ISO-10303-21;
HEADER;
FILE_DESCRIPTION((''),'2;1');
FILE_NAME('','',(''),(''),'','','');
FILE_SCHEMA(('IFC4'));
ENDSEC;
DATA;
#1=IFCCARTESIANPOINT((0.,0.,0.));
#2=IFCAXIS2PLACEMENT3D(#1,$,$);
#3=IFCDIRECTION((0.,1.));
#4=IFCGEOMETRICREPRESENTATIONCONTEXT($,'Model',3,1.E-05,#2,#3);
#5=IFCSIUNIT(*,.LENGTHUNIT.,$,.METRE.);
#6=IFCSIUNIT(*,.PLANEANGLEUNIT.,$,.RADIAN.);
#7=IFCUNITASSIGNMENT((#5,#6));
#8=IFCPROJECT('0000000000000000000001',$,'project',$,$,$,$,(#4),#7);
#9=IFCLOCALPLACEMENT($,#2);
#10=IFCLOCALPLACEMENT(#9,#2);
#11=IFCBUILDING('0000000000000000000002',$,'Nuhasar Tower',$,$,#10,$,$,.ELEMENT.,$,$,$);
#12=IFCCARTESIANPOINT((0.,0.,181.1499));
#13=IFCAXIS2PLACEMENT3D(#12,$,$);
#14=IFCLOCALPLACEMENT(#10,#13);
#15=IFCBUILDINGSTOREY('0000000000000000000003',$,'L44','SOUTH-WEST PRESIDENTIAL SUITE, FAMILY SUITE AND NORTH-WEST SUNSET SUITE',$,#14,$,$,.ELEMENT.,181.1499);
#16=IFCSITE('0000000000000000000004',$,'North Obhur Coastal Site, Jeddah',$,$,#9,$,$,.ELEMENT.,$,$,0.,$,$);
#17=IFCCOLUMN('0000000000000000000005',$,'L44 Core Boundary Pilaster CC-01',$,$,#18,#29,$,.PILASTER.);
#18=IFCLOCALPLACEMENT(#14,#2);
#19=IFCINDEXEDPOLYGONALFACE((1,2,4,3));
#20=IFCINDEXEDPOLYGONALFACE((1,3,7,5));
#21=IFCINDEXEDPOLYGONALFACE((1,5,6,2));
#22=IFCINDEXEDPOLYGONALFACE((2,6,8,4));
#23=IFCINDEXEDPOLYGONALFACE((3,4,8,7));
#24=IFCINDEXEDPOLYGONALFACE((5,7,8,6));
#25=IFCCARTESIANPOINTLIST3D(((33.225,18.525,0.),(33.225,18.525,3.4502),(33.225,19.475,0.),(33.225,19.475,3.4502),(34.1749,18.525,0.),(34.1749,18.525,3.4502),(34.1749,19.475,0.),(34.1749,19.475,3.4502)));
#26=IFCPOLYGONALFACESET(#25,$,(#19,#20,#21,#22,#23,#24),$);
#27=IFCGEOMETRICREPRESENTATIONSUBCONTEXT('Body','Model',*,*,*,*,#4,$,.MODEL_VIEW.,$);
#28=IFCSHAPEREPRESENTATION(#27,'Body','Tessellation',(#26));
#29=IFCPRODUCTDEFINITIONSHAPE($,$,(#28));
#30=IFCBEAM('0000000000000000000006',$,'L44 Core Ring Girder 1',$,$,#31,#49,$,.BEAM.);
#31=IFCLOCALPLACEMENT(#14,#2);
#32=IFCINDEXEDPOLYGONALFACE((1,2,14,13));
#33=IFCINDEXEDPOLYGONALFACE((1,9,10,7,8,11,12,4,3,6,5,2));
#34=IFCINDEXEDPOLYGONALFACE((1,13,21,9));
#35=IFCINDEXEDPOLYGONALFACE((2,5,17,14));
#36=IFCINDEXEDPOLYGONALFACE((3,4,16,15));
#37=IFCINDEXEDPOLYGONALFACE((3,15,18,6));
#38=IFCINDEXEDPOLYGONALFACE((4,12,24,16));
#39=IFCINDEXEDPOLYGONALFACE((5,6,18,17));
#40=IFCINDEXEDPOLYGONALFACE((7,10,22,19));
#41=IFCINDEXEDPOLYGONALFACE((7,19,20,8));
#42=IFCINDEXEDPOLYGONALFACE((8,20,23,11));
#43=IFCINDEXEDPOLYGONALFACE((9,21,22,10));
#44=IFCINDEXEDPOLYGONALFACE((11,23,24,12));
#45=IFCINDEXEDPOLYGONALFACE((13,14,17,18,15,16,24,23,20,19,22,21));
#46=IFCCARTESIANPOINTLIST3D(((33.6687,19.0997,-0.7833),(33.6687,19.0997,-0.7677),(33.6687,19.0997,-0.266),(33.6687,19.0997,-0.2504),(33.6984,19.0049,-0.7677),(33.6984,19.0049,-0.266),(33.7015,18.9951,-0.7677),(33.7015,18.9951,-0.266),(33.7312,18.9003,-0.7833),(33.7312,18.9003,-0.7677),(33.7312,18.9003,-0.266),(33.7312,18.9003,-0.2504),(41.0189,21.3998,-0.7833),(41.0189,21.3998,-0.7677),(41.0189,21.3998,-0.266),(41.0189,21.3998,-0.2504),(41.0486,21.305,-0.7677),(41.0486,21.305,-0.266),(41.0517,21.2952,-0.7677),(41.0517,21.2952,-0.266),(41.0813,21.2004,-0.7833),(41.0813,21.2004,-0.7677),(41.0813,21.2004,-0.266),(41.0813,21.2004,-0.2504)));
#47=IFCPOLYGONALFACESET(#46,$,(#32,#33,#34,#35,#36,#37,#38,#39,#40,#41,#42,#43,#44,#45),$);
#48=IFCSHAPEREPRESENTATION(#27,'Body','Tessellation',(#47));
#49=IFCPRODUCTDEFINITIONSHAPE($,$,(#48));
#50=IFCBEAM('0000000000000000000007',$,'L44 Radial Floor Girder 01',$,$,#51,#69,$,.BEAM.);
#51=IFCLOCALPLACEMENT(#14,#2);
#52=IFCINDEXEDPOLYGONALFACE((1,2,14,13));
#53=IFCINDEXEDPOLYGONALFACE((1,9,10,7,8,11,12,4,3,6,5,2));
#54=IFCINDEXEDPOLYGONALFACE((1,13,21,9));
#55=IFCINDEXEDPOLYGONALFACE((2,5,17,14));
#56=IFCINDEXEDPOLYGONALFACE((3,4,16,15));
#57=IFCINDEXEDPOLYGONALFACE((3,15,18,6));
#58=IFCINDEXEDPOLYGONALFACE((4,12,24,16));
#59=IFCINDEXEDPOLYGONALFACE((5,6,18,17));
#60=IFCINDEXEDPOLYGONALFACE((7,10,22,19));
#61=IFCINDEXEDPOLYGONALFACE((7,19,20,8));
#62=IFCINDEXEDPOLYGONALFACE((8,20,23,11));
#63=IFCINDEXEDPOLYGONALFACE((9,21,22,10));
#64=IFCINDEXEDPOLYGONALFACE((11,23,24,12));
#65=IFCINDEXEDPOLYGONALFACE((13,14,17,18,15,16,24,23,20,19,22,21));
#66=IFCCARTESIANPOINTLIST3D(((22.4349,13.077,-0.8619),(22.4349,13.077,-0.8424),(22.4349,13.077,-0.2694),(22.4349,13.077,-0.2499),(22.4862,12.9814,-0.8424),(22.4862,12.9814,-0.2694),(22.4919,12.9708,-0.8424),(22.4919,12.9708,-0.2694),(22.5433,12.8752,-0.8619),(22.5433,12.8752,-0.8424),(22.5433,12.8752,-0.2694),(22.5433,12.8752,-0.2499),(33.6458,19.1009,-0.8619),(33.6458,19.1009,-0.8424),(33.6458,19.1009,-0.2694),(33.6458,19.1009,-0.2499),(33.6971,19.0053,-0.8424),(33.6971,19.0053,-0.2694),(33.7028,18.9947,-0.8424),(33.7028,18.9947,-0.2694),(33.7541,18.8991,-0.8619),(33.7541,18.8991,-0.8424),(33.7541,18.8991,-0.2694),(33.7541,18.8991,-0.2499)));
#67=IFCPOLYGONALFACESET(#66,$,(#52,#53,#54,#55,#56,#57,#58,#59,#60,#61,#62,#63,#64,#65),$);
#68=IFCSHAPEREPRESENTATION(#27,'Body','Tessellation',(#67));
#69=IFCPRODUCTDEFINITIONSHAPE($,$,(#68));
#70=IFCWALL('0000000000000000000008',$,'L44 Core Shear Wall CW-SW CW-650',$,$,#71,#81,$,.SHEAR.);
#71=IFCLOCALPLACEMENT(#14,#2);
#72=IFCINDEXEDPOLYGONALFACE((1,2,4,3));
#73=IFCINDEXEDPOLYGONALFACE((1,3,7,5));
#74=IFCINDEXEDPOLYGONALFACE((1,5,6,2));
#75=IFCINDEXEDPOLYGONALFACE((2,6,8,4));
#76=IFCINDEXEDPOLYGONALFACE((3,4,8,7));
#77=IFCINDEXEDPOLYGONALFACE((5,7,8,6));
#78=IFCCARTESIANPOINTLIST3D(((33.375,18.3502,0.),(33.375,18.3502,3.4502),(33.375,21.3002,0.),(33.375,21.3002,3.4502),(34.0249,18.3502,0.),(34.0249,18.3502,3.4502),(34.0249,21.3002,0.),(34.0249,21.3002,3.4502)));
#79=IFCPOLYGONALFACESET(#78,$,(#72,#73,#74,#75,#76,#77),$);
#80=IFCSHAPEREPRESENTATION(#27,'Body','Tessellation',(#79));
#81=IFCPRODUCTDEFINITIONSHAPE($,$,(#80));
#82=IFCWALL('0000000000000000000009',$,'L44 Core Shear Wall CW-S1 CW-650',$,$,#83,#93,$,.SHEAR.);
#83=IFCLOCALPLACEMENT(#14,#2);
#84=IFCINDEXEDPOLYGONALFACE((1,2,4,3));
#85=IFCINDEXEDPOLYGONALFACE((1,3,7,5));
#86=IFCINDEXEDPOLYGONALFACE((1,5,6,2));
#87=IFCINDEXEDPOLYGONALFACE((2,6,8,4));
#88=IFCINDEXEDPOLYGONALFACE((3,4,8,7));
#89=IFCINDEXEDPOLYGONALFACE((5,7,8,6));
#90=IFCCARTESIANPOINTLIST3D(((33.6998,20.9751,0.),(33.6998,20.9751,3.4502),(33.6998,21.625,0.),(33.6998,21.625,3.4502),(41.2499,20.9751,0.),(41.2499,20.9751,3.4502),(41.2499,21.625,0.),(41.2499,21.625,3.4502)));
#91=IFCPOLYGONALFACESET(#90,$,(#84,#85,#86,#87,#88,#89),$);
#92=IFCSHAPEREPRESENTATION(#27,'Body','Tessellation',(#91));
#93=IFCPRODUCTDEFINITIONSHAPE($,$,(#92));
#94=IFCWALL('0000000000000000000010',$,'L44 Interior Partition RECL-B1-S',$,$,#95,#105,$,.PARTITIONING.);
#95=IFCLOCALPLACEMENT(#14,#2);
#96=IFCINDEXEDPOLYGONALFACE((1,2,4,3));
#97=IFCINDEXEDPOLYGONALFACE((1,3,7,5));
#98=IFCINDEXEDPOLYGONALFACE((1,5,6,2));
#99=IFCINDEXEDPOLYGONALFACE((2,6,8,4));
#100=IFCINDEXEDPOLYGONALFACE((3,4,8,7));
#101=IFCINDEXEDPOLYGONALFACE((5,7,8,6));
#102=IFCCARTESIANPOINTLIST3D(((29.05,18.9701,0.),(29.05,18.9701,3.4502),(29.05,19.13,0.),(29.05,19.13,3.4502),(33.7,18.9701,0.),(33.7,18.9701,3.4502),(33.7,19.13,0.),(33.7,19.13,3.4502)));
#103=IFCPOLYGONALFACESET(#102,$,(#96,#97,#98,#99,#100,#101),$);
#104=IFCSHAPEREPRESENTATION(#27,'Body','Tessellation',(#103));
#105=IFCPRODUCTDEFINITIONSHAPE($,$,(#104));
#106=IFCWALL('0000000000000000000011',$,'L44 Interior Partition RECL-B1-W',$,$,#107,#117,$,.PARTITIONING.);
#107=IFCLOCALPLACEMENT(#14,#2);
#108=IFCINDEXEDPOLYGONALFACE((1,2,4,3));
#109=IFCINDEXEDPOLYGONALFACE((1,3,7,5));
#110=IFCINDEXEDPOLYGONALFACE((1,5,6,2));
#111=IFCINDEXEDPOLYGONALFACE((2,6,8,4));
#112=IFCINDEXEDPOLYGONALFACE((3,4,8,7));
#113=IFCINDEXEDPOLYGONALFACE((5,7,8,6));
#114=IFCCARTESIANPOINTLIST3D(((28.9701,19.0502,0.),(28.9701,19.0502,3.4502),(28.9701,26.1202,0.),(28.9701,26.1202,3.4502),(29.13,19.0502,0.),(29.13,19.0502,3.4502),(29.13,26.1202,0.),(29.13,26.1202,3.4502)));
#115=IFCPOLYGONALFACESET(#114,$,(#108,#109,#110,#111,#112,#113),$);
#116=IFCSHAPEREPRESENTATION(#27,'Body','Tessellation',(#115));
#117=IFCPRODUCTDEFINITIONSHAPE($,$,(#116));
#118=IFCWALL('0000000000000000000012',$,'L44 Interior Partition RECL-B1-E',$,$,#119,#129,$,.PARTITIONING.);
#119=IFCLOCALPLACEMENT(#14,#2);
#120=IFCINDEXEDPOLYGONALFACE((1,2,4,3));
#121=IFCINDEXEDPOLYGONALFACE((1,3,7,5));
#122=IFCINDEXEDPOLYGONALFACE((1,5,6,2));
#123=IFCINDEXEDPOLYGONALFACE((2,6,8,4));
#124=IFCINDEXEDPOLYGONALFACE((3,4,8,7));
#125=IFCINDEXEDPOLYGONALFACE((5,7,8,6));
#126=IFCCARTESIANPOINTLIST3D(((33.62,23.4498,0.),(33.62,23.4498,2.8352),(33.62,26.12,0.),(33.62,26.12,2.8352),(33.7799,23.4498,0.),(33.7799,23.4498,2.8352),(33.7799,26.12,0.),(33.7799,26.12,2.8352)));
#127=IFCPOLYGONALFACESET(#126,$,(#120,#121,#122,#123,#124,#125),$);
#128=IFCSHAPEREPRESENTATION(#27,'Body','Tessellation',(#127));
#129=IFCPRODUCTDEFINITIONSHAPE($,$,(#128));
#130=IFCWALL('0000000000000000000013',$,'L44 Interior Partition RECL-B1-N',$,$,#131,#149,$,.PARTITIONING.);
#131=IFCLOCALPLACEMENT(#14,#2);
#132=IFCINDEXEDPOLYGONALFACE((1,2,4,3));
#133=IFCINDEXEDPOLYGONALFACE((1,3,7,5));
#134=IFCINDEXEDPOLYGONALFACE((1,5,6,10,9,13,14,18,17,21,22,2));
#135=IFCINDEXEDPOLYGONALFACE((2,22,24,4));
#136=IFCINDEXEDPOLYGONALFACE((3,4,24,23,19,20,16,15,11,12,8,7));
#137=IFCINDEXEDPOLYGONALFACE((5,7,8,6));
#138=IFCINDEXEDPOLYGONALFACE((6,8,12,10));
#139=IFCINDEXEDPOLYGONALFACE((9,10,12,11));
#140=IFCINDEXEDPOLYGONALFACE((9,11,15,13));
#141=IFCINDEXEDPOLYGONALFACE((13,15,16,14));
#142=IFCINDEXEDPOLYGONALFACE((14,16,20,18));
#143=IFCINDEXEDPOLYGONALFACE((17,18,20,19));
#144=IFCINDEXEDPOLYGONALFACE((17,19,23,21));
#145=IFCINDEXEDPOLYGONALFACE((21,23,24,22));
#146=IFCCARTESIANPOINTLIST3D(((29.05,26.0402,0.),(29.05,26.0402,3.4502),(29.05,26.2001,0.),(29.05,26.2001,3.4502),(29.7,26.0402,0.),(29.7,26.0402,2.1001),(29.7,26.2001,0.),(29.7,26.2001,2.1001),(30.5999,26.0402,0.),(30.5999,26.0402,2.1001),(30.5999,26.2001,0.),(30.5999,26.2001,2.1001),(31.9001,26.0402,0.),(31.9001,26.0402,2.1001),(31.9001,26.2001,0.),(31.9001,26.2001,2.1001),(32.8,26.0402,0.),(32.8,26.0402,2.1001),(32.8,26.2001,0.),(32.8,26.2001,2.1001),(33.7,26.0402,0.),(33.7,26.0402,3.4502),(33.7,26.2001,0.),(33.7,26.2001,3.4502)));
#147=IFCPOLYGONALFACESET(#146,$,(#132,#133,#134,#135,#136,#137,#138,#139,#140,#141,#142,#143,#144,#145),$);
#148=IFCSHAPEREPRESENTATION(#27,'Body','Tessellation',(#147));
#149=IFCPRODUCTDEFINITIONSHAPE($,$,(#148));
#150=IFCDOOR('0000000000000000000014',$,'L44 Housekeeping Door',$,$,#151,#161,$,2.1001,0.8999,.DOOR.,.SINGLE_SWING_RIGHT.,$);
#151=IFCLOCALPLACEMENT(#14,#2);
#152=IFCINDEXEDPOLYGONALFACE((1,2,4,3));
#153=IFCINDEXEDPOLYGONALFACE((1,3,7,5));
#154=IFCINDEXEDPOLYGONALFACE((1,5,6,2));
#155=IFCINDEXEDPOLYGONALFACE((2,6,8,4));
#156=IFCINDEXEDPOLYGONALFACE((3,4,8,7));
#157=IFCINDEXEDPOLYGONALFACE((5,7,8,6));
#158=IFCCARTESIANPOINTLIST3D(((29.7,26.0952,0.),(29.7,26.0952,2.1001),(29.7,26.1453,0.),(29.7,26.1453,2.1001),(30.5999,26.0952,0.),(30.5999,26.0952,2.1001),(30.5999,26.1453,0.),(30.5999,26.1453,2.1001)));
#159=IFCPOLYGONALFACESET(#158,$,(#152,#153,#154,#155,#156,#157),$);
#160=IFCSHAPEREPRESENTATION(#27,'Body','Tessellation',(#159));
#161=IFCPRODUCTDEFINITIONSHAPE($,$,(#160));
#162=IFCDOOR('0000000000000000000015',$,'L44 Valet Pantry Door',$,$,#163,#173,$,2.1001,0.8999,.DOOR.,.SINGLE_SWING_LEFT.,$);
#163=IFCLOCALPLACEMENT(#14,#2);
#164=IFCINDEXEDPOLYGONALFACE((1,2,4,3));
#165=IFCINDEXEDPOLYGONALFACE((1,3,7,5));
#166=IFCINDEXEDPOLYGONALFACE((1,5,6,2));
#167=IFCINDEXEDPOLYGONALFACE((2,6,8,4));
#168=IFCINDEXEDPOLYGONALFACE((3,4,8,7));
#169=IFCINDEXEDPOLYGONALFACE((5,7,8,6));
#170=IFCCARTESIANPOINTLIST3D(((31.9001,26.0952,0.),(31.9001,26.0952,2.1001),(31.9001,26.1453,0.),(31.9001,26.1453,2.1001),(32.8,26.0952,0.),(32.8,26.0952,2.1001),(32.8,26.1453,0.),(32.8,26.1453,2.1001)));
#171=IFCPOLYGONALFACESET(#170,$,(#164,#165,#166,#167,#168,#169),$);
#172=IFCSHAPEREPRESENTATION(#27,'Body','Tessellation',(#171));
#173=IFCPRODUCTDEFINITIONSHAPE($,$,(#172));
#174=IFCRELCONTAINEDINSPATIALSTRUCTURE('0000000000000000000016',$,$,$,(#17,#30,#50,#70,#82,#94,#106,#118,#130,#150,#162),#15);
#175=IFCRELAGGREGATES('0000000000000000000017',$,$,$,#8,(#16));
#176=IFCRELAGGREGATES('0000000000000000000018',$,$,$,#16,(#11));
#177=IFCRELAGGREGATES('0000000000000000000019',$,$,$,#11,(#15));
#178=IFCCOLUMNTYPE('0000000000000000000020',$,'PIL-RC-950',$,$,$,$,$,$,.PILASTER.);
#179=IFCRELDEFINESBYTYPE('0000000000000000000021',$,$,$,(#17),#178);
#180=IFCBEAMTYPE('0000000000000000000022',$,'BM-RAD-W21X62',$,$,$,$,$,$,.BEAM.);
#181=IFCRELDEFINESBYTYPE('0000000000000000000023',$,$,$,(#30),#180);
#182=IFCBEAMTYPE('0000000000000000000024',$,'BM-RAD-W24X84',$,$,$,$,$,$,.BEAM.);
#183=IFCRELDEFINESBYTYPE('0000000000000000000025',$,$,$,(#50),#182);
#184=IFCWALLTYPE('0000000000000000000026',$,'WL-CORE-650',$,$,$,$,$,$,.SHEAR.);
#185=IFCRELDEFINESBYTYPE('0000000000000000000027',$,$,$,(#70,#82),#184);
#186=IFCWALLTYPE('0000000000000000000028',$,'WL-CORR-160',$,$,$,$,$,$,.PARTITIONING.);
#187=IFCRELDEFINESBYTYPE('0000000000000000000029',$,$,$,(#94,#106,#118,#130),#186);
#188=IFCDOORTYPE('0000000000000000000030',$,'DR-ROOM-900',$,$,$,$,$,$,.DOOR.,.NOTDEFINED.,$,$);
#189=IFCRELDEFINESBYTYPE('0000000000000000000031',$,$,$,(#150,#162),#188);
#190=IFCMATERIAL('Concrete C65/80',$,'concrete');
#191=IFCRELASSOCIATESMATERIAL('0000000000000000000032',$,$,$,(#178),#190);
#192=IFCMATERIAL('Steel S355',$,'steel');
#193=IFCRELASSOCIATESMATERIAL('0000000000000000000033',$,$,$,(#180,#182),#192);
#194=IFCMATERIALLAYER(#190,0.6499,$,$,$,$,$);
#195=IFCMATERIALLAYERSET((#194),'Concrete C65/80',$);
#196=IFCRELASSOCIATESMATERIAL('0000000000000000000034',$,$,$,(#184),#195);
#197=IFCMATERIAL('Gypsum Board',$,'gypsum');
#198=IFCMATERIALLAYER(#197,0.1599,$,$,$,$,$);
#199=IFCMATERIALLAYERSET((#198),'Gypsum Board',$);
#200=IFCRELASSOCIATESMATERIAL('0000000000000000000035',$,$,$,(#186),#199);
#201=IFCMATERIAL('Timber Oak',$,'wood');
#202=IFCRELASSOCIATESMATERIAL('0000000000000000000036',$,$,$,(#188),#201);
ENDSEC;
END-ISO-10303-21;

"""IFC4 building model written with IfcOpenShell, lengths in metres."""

from ifc_helpers import new_model, si_unit, direction, frame, frame_2d, origin, origin_2d, place, context, subcontext, project, spatial, rectangle, i_section, extrude, material, layer, layer_set, material_profile, profile_set, type_object, element, fill, save


model = new_model("IFC4")

# Units and contexts
model_context = context("Model", 3, precision=1e-05, world=origin(), true_north=direction((0.0, 1.0)))
body_context = subcontext(model_context, "Body", "Model", "MODEL_VIEW")
ifc_project = project(units=[si_unit("LENGTHUNIT", "METRE"), si_unit("PLANEANGLEUNIT", "RADIAN")], contexts=[model_context])

# Site, building, storey
site_placement = place(None, origin())
site = spatial("IfcSite", under=ifc_project, at=site_placement, Name="North Obhur Coastal Site, Jeddah", CompositionType="ELEMENT", RefElevation=0.0)
building_placement = place(site_placement, origin())
building = spatial("IfcBuilding", under=site, at=building_placement, Name="Nuhasar Tower", CompositionType="ELEMENT")
storey_placement = place(building_placement, frame((0.0, 0.0, 181.1499)))
storey = spatial("IfcBuildingStorey", under=building, at=storey_placement, Name="L44", Description="SOUTH-WEST PRESIDENTIAL SUITE, FAMILY SUITE AND NORTH-WEST SUNSET SUITE", CompositionType="ELEMENT", Elevation=181.1499)

# Column
ifc_material_1 = material(Name="Concrete C65/80", Category="concrete")
ifc_material_profile_1 = material_profile(ifc_material_1, rectangle(XDim=0.95, YDim=0.95, at=origin_2d()), Name="RC950X950")
ifc_profile_set_1 = profile_set([ifc_material_profile_1], Name="Concrete C65/80")
column_type = type_object("IfcColumnType", Name="PIL-RC-950", PredefinedType="PILASTER", material=ifc_profile_set_1)
column_placement = place(storey_placement, frame((33.7, 19.0, 0.0), z_axis=(0.0, 0.0, 1.0), x_axis=(1.0, 0.0, 0.0)))
element("IfcColumn", 1, at=column_placement, inside=storey, type_object=column_type, Name="L44 Core Boundary Pilaster CC-01", PredefinedType="PILASTER", context=body_context, shape_type="SweptSolid", body=[
    extrude(rectangle(XDim=0.95, YDim=0.95, at=origin_2d()), origin(), (0.0, 0.0, 1.0), 3.4502),
])

# Beams
ifc_material_2 = material(Name="Steel S355", Category="steel")
ifc_material_profile_2 = material_profile(ifc_material_2, i_section(OverallWidth=0.209, OverallDepth=0.533, WebThickness=0.0103, FlangeThickness=0.0156, at=origin_2d()), Name="W21X62")
ifc_profile_set_2 = profile_set([ifc_material_profile_2], Name="Steel S355")
beam_type_1 = type_object("IfcBeamType", Name="BM-RAD-W21X62", PredefinedType="BEAM", material=ifc_profile_set_2)
beam_1_placement = place(storey_placement, frame((33.7, 19.0, -0.5168), z_axis=(0.954364, 0.298647, 0.0), x_axis=(-0.298647, 0.954364, 0.0)))
element("IfcBeam", 2, at=beam_1_placement, inside=storey, type_object=beam_type_1, Name="L44 Core Ring Girder 1", PredefinedType="BEAM", context=body_context, shape_type="SweptSolid", body=[
    extrude(i_section(OverallWidth=0.209, OverallDepth=0.533, WebThickness=0.0103, FlangeThickness=0.0156, at=origin_2d()), origin(), (0.0, 0.0, 1.0), 7.7017),
])
ifc_material_profile_3 = material_profile(ifc_material_2, i_section(OverallWidth=0.229, OverallDepth=0.6121, WebThickness=0.012, FlangeThickness=0.0195, at=origin_2d()), Name="W24X84")
ifc_profile_set_3 = profile_set([ifc_material_profile_3], Name="Steel S355")
beam_type_2 = type_object("IfcBeamType", Name="BM-RAD-W24X84", PredefinedType="BEAM", material=ifc_profile_set_3)
beam_2_placement = place(storey_placement, frame((33.7, 19.0, -0.5559), z_axis=(-0.880888, -0.473324, 0.0), x_axis=(0.473324, -0.880888, 0.0)))
element("IfcBeam", 3, at=beam_2_placement, inside=storey, type_object=beam_type_2, Name="L44 Radial Floor Girder 01", PredefinedType="BEAM", context=body_context, shape_type="SweptSolid", body=[
    extrude(i_section(OverallWidth=0.229, OverallDepth=0.6121, WebThickness=0.012, FlangeThickness=0.0195, at=origin_2d()), origin(), (0.0, 0.0, 1.0), 12.7268),
])

# Walls
ifc_layer_1 = layer(ifc_material_1, 0.6499)
ifc_layer_set_1 = layer_set([ifc_layer_1], Name="Concrete C65/80")
wall_type_1 = type_object("IfcWallType", Name="WL-CORE-650", PredefinedType="SHEAR", material=ifc_layer_set_1)
wall_1_placement = place(storey_placement, frame((33.7, 18.3501, 0.0), z_axis=(0.0, 0.0, 1.0), x_axis=(0.0, 1.0, 0.0)))
element("IfcWall", 4, at=wall_1_placement, inside=storey, type_object=wall_type_1, Name="L44 Core Shear Wall CW-SW CW-650", PredefinedType="SHEAR", context=body_context, shape_type="SweptSolid", body=[
    extrude(rectangle(XDim=2.95, YDim=0.6499, at=frame_2d((1.4751, 0.0))), origin(), (0.0, 0.0, 1.0), 3.4502),
])
wall_2_placement = place(storey_placement, frame((33.7, 21.3, 0.0), z_axis=(0.0, 0.0, 1.0), x_axis=(1.0, 0.0, 0.0)))
element("IfcWall", 5, at=wall_2_placement, inside=storey, type_object=wall_type_1, Name="L44 Core Shear Wall CW-S1 CW-650", PredefinedType="SHEAR", context=body_context, shape_type="SweptSolid", body=[
    extrude(rectangle(XDim=7.55, YDim=0.6499, at=frame_2d((3.7749, 0.0))), origin(), (0.0, 0.0, 1.0), 3.4502),
])
ifc_material_3 = material(Name="Gypsum Board", Category="gypsum")
ifc_layer_2 = layer(ifc_material_3, 0.1599)
ifc_layer_set_2 = layer_set([ifc_layer_2], Name="Gypsum Board")
wall_type_2 = type_object("IfcWallType", Name="WL-CORR-160", PredefinedType="PARTITIONING", material=ifc_layer_set_2)
wall_3_placement = place(storey_placement, frame((29.05, 19.05, 0.0), z_axis=(0.0, 0.0, 1.0), x_axis=(1.0, 0.0, 0.0)))
element("IfcWall", 6, at=wall_3_placement, inside=storey, type_object=wall_type_2, Name="L44 Interior Partition RECL-B1-S", PredefinedType="PARTITIONING", context=body_context, shape_type="SweptSolid", body=[
    extrude(rectangle(XDim=4.6499, YDim=0.1599, at=frame_2d((2.325, 0.0))), origin(), (0.0, 0.0, 1.0), 3.4502),
])
wall_4_placement = place(storey_placement, frame((29.05, 19.05, 0.0), z_axis=(0.0, 0.0, 1.0), x_axis=(0.0, 1.0, 0.0)))
element("IfcWall", 7, at=wall_4_placement, inside=storey, type_object=wall_type_2, Name="L44 Interior Partition RECL-B1-W", PredefinedType="PARTITIONING", context=body_context, shape_type="SweptSolid", body=[
    extrude(rectangle(XDim=7.0701, YDim=0.1599, at=frame_2d((3.5352, 0.0))), origin(), (0.0, 0.0, 1.0), 3.4502),
])
wall_5_placement = place(storey_placement, frame((33.7, 23.45, 0.0), z_axis=(0.0, 0.0, 1.0), x_axis=(0.0, 1.0, 0.0)))
element("IfcWall", 8, at=wall_5_placement, inside=storey, type_object=wall_type_2, Name="L44 Interior Partition RECL-B1-E", PredefinedType="PARTITIONING", context=body_context, shape_type="SweptSolid", body=[
    extrude(rectangle(XDim=2.6702, YDim=0.1599, at=frame_2d((1.335, 0.0))), origin(), (0.0, 0.0, 1.0), 2.8352),
])

# Wall, openings, doors
wall_6_placement = place(storey_placement, frame((33.7, 26.1201, 0.0), z_axis=(0.0, 0.0, 1.0), x_axis=(-1.0, 0.0, 0.0)))
wall_6 = element("IfcWall", 9, at=wall_6_placement, inside=storey, type_object=wall_type_2, Name="L44 Interior Partition RECL-B1-N", PredefinedType="PARTITIONING", context=body_context, shape_type="SweptSolid", body=[
    extrude(rectangle(XDim=4.6499, YDim=0.1599, at=frame_2d((2.325, 0.0))), origin(), (0.0, 0.0, 1.0), 3.4502),
])
opening_1_placement = place(wall_6_placement, frame((3.1001, 0.0, 0.0)))
opening_1 = element("IfcOpeningElement", 10, at=opening_1_placement, cuts=wall_6, PredefinedType="OPENING", context=body_context, shape_type="SweptSolid", body=[
    extrude(rectangle(XDim=0.8999, YDim=2.1001, at=frame_2d((0.45, 1.05))), frame((0.0, 0.0898, 0.0), z_axis=(0.0, -1.0, 0.0), x_axis=(1.0, 0.0, 0.0)), (0.0, 0.0, 1.0), 0.1799),
])
opening_2_placement = place(wall_6_placement, frame((0.8999, 0.0, 0.0)))
opening_2 = element("IfcOpeningElement", 11, at=opening_2_placement, cuts=wall_6, PredefinedType="OPENING", context=body_context, shape_type="SweptSolid", body=[
    extrude(rectangle(XDim=0.8999, YDim=2.1001, at=frame_2d((0.45, 1.05))), frame((0.0, 0.0898, 0.0), z_axis=(0.0, -1.0, 0.0), x_axis=(1.0, 0.0, 0.0)), (0.0, 0.0, 1.0), 0.1799),
])
ifc_material_4 = material(Name="Timber Oak", Category="wood")
door_type_1 = type_object("IfcDoorType", Name="DR-ROOM-900", OperationType="NOTDEFINED", PredefinedType="DOOR", material=ifc_material_4)
door_1_placement = place(opening_1_placement, origin())
door_1 = element("IfcDoor", 12, at=door_1_placement, inside=storey, type_object=door_type_1, Name="L44 Housekeeping Door", OperationType="SINGLE_SWING_RIGHT", OverallHeight=2.1001, OverallWidth=0.8999, PredefinedType="DOOR", context=body_context, shape_type="SweptSolid", body=[
    extrude(rectangle(XDim=0.8999, YDim=2.1001, at=frame_2d((0.45, 1.05))), frame((0.0, 0.0249, 0.0), z_axis=(0.0, -1.0, 0.0), x_axis=(1.0, 0.0, 0.0)), (0.0, 0.0, 1.0), 0.05),
])
fill(opening_1, door_1)
door_2_placement = place(opening_2_placement, origin())
door_2 = element("IfcDoor", 13, at=door_2_placement, inside=storey, type_object=door_type_1, Name="L44 Valet Pantry Door", OperationType="SINGLE_SWING_LEFT", OverallHeight=2.1001, OverallWidth=0.8999, PredefinedType="DOOR", context=body_context, shape_type="SweptSolid", body=[
    extrude(rectangle(XDim=0.8999, YDim=2.1001, at=frame_2d((0.45, 1.05))), frame((0.0, 0.0249, 0.0), z_axis=(0.0, -1.0, 0.0), x_axis=(1.0, 0.0, 0.0)), (0.0, 0.0, 1.0), 0.05),
])
fill(opening_2, door_2)

save(model, "model.ifc")
